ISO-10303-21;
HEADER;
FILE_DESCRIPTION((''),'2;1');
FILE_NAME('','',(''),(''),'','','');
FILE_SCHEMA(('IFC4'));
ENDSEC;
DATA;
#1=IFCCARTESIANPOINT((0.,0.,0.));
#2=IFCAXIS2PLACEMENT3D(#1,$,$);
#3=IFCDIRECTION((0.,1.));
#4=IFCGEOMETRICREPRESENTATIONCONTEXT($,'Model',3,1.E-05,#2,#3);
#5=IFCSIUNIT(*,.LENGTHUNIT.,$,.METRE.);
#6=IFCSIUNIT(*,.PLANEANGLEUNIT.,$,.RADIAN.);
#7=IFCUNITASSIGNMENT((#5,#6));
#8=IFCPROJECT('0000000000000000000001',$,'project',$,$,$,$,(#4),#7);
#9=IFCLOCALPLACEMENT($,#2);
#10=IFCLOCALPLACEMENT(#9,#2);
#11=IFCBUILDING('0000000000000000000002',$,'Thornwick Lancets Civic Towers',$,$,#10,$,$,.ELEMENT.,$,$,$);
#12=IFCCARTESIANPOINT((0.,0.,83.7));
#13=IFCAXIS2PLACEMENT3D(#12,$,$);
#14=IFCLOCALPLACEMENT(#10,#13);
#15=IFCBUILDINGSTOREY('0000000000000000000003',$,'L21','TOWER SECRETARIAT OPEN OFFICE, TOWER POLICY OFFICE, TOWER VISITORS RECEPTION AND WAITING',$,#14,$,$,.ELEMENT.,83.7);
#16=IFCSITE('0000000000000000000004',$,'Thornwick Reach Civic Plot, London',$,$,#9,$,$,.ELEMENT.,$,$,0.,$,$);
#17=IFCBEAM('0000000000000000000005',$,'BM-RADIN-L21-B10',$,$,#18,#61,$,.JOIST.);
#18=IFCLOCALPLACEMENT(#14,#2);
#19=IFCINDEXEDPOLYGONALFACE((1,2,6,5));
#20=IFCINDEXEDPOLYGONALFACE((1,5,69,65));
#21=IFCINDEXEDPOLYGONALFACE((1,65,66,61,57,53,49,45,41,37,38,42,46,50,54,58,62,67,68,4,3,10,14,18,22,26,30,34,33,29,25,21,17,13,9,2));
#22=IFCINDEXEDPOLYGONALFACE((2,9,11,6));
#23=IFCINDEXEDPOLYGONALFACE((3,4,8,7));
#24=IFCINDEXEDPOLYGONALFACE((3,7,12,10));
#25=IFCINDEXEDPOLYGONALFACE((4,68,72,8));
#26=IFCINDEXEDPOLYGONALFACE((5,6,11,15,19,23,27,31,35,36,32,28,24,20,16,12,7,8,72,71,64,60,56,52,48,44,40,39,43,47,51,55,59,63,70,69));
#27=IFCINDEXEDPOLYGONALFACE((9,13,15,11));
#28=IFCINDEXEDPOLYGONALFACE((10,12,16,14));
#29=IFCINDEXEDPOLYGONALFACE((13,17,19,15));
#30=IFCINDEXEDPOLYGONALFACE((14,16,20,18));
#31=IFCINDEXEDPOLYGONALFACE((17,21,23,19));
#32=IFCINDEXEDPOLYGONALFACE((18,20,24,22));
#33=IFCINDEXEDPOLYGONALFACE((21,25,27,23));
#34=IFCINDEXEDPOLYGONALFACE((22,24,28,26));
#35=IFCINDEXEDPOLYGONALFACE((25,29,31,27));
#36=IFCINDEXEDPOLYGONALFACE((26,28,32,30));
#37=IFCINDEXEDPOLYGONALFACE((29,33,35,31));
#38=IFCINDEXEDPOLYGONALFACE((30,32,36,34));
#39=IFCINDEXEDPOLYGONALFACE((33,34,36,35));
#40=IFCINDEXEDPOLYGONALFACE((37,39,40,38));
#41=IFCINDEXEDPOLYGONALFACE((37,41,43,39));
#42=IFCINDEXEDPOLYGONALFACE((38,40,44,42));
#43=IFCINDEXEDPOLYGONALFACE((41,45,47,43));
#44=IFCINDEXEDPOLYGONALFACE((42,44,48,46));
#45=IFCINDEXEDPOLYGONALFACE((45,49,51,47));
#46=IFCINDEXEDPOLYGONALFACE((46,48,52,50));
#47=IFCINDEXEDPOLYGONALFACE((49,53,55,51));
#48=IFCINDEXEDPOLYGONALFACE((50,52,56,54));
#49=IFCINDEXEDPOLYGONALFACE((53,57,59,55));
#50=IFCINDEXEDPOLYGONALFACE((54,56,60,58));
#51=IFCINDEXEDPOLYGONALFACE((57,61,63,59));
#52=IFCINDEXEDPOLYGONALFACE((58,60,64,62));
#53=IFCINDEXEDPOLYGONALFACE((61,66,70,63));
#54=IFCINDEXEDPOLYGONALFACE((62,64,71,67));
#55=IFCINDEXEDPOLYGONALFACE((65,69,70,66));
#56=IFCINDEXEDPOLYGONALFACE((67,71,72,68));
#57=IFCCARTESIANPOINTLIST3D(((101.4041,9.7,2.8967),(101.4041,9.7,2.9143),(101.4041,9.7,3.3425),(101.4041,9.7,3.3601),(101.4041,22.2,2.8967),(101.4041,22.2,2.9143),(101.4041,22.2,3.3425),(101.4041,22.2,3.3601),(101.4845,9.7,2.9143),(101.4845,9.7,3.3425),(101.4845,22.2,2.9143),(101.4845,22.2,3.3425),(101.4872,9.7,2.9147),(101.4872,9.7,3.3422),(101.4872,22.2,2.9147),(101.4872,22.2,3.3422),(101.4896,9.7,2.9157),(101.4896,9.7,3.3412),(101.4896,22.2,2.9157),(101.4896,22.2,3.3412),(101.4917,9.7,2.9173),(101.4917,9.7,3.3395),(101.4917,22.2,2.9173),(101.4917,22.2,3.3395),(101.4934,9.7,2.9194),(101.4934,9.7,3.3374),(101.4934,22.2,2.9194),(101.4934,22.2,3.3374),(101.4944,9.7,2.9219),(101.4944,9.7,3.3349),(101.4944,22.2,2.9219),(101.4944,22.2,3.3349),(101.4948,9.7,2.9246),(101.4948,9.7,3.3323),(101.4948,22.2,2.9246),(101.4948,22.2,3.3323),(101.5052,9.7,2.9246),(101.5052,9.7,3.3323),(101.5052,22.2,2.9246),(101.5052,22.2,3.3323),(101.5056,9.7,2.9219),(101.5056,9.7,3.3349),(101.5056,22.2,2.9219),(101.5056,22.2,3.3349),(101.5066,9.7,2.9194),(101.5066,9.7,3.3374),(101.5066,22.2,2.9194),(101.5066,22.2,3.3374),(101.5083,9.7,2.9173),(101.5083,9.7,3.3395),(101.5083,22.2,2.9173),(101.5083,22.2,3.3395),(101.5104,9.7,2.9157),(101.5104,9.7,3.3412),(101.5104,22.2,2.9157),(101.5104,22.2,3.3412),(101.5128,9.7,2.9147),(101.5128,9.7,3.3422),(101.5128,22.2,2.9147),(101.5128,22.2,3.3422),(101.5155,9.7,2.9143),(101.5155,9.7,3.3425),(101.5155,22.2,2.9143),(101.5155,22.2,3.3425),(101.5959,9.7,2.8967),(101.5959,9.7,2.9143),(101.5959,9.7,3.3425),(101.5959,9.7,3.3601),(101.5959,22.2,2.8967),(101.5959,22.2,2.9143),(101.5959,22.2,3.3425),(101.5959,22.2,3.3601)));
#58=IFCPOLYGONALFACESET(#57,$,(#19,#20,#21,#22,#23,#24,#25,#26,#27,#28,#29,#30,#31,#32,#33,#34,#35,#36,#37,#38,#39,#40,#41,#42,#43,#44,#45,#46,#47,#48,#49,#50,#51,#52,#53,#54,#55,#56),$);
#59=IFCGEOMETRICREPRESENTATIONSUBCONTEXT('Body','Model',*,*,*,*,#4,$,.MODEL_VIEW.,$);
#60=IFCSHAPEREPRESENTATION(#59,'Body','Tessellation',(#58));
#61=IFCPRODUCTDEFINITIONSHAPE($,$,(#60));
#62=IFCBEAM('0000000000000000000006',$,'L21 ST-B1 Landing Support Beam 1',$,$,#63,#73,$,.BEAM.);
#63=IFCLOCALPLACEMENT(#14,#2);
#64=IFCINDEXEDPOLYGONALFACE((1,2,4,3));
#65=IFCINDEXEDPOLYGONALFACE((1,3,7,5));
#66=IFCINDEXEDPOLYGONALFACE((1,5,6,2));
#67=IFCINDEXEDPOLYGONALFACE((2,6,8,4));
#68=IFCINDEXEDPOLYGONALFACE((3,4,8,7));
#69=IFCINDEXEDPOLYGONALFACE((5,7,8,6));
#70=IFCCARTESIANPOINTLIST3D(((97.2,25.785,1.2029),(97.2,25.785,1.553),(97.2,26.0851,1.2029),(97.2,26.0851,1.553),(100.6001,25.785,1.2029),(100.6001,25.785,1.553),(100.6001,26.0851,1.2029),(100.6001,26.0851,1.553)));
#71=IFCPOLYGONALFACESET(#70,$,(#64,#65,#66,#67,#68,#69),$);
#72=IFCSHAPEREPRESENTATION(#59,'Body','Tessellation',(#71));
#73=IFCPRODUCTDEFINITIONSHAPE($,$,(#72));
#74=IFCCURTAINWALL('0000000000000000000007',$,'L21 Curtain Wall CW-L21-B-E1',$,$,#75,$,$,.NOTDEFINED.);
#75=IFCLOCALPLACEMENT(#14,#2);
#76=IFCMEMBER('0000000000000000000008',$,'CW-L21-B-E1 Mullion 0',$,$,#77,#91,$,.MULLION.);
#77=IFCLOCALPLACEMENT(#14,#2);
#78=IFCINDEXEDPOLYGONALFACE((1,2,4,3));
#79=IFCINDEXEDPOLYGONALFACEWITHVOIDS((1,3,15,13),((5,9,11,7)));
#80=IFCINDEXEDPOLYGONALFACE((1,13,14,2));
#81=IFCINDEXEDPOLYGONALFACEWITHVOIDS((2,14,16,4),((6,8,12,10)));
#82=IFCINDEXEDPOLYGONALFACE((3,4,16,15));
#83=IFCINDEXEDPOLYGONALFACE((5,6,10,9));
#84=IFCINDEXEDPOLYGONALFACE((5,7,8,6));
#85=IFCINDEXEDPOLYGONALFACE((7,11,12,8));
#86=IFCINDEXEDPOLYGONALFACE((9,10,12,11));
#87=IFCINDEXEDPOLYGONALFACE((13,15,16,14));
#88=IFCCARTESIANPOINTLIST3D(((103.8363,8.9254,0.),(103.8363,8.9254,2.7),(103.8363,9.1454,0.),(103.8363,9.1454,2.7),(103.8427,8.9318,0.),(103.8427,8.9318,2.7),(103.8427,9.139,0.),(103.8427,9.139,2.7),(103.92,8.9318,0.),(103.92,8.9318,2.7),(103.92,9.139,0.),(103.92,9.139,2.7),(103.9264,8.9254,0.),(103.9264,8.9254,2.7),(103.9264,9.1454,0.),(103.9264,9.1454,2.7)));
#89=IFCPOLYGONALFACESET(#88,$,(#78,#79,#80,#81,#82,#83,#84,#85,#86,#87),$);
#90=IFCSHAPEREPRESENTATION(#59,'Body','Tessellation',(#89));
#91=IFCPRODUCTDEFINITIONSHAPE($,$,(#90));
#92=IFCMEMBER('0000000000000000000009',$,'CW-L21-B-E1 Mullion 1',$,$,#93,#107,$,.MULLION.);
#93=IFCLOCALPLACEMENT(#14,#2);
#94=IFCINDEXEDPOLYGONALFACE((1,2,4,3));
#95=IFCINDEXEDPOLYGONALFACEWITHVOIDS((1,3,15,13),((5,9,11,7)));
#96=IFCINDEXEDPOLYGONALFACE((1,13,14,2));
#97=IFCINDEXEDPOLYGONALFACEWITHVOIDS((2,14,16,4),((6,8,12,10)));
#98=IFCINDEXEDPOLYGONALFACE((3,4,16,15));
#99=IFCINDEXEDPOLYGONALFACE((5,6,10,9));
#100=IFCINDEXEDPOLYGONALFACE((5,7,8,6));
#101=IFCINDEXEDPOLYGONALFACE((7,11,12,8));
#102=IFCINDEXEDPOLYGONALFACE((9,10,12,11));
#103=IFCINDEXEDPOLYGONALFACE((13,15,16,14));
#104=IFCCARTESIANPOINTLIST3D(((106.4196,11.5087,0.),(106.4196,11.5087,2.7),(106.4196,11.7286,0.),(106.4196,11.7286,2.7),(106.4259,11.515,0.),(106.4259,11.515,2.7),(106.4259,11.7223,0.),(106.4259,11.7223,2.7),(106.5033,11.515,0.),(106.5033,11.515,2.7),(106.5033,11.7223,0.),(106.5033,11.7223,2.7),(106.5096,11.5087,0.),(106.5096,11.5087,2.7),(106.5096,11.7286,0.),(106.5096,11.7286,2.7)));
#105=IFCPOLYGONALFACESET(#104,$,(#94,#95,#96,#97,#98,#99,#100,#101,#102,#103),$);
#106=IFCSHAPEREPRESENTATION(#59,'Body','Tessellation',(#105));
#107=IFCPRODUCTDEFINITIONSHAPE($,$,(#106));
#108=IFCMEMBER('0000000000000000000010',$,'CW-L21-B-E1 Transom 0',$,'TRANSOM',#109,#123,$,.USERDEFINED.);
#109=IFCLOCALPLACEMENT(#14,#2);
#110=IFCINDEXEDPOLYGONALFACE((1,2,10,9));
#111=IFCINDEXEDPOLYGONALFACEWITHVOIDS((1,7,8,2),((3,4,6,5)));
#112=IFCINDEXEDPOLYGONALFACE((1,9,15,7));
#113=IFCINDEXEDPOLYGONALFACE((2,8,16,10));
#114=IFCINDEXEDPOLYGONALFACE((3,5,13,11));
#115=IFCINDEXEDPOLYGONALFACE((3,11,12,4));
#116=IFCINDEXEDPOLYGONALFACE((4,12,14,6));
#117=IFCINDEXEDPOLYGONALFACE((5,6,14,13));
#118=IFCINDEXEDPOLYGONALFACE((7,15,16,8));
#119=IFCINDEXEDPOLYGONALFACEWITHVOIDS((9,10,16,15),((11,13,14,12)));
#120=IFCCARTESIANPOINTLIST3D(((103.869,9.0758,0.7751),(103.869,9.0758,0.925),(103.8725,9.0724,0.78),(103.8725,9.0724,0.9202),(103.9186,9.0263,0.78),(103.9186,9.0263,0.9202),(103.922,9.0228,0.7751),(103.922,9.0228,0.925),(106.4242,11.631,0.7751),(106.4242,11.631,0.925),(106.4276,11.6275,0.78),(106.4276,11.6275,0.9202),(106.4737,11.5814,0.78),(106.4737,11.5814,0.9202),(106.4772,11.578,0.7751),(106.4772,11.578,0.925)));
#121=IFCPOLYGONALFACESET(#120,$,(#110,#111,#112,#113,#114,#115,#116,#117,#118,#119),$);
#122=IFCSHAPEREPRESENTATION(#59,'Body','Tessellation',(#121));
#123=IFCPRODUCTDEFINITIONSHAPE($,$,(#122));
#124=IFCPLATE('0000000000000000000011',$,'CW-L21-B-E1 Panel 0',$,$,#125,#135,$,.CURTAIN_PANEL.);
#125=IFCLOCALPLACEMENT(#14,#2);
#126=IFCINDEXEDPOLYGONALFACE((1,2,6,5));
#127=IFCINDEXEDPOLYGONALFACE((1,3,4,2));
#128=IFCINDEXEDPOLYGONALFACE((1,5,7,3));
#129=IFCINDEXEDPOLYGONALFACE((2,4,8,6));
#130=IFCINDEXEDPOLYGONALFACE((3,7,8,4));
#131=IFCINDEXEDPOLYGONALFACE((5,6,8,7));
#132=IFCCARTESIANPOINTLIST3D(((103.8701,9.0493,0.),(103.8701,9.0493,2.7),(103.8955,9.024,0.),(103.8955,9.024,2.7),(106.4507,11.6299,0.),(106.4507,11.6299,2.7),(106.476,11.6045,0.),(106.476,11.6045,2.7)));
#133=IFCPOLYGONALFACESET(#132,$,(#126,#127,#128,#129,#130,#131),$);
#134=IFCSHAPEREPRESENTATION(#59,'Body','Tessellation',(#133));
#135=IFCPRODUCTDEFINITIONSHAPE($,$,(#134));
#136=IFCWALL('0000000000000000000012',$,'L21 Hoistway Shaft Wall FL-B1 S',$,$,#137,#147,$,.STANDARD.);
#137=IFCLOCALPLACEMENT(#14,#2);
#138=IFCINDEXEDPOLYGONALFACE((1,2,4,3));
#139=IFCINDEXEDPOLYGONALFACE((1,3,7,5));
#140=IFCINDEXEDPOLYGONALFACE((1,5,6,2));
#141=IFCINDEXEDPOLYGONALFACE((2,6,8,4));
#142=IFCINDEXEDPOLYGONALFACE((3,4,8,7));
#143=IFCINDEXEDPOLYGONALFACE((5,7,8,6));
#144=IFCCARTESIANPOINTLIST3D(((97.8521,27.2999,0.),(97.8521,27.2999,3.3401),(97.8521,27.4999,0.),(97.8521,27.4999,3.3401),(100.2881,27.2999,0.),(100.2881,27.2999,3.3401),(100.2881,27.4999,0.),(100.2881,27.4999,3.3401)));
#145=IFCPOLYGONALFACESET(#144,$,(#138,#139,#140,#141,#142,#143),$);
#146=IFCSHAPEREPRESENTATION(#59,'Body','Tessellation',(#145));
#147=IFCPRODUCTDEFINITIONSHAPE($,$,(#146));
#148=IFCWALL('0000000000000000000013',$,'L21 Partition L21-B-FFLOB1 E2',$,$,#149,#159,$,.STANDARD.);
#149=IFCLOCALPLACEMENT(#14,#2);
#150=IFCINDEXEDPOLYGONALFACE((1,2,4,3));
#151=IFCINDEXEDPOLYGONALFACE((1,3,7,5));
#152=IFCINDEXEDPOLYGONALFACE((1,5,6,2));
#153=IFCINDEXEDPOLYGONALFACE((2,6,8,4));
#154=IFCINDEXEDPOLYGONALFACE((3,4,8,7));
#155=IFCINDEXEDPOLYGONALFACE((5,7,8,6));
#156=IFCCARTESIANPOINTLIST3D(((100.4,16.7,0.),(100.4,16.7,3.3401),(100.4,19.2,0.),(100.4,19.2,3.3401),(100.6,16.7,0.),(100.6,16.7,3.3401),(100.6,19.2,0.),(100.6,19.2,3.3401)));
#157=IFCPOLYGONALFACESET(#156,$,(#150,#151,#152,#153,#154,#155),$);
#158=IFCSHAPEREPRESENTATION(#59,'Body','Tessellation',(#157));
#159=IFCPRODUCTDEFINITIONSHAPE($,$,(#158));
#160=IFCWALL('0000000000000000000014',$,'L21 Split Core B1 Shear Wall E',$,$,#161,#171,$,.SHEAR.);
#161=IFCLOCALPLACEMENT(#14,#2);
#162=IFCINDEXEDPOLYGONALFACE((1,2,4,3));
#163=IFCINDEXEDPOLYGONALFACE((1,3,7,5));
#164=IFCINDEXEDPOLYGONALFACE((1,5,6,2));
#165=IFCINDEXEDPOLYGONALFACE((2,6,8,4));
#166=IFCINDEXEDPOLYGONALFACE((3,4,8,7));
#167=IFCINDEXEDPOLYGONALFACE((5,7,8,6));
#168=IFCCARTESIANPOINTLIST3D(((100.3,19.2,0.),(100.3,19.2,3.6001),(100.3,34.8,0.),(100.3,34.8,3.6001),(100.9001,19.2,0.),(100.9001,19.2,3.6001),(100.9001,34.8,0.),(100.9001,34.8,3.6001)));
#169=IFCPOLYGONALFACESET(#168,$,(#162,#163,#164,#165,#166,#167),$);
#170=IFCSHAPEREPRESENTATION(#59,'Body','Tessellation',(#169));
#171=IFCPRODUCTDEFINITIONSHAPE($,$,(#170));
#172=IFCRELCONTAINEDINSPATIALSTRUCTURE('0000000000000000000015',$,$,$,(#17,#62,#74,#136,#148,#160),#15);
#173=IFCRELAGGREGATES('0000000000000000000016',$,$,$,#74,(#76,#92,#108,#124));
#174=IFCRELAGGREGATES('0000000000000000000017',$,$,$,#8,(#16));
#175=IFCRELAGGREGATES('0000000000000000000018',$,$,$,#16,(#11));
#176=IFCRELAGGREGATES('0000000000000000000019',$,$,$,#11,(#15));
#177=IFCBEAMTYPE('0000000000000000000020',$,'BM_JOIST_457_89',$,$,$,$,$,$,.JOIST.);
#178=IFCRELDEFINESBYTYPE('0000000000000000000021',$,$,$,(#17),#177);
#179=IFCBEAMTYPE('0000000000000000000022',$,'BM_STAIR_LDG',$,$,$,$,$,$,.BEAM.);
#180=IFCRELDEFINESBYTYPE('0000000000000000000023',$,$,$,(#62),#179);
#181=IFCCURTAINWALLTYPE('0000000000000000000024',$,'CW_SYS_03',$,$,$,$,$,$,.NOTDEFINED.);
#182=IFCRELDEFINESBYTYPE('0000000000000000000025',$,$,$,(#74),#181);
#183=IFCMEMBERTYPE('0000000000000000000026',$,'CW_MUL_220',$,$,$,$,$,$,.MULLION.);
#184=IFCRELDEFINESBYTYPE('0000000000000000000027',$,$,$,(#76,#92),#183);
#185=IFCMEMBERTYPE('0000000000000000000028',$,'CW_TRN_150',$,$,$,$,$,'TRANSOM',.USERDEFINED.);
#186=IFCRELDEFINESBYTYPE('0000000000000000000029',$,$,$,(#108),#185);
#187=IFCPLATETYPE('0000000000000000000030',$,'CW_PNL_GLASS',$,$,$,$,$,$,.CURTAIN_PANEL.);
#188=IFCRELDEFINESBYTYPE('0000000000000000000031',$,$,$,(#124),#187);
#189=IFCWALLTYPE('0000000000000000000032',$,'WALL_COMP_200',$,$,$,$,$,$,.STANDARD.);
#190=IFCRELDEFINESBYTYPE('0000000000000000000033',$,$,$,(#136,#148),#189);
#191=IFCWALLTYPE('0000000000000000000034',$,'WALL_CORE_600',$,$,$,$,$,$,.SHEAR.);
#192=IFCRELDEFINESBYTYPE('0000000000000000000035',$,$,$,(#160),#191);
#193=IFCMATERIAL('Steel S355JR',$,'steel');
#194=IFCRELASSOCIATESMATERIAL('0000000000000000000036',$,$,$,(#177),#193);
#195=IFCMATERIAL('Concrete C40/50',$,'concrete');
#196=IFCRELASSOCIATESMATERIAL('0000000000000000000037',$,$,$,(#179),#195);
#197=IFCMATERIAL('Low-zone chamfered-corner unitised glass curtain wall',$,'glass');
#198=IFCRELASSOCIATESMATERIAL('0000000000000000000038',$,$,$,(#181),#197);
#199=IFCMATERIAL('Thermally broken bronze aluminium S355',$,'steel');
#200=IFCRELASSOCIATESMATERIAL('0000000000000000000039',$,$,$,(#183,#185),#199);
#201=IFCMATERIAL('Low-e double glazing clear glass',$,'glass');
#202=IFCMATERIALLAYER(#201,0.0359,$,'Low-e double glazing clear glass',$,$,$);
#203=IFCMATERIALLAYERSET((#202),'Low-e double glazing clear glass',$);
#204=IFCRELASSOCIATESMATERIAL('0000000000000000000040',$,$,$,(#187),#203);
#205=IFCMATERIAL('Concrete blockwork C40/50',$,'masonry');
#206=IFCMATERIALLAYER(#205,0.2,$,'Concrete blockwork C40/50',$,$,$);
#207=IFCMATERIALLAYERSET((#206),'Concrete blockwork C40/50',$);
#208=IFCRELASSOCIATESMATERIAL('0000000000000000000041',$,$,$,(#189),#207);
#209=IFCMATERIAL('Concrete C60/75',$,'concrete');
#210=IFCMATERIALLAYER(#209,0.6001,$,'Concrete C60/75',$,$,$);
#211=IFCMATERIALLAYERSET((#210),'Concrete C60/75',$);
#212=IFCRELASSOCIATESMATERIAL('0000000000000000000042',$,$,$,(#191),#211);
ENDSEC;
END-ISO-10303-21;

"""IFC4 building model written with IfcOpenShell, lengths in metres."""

from ifc_helpers import new_model, si_unit, direction, frame, frame_2d, origin, origin_2d, place, context, subcontext, project, spatial, rectangle, hollow_rectangle, i_section, extrude, material, layer, layer_set, material_profile, profile_set, type_object, element, aggregate, save


model = new_model("IFC4")

# Units and contexts
model_context = context("Model", 3, precision=1e-05, world=origin(), true_north=direction((0.0, 1.0)))
body_context = subcontext(model_context, "Body", "Model", "MODEL_VIEW")
ifc_project = project(units=[si_unit("LENGTHUNIT", "METRE"), si_unit("PLANEANGLEUNIT", "RADIAN")], contexts=[model_context])

# Site, building, storey
site_placement = place(None, origin())
site = spatial("IfcSite", under=ifc_project, at=site_placement, Name="Thornwick Reach Civic Plot, London", CompositionType="ELEMENT", RefElevation=0.0)
building_placement = place(site_placement, origin())
building = spatial("IfcBuilding", under=site, at=building_placement, Name="Thornwick Lancets Civic Towers", CompositionType="ELEMENT")
storey_placement = place(building_placement, frame((0.0, 0.0, 83.7)))
storey = spatial("IfcBuildingStorey", under=building, at=storey_placement, Name="L21", Description="TOWER SECRETARIAT OPEN OFFICE, TOWER POLICY OFFICE, TOWER VISITORS RECEPTION AND WAITING", CompositionType="ELEMENT", Elevation=83.7)

# Shared definitions
ifc_material_1 = material(Name="Concrete C60/75", Category="concrete")

# Beams
ifc_material_2 = material(Name="Steel S355JR", Category="steel")
ifc_material_profile_1 = material_profile(ifc_material_2, i_section(OverallWidth=0.1919, OverallDepth=0.4634, WebThickness=0.0105, FlangeThickness=0.0176, FilletRadius=0.0103, at=origin_2d()), Name="UKB 457x191x89")
ifc_profile_set_1 = profile_set([ifc_material_profile_1], Name="Steel S355JR")
beam_type_1 = type_object("IfcBeamType", Name="BM_JOIST_457_89", PredefinedType="JOIST", material=ifc_profile_set_1)
beam_1_placement = place(storey_placement, frame((101.5, 22.2, 3.1284), z_axis=(0.0, -1.0, 0.0), x_axis=(1.0, 0.0, 0.0)))
element("IfcBeam", 1, at=beam_1_placement, inside=storey, type_object=beam_type_1, Name="BM-RADIN-L21-B10", PredefinedType="JOIST", context=body_context, shape_type="SweptSolid", body=[
    extrude(i_section(OverallWidth=0.1919, OverallDepth=0.4634, WebThickness=0.0105, FlangeThickness=0.0176, FilletRadius=0.0103, at=origin_2d()), origin(), (0.0, 0.0, 1.0), 12.5),
])
ifc_material_3 = material(Name="Concrete C40/50", Category="concrete")
ifc_material_profile_2 = material_profile(ifc_material_3, rectangle(XDim=0.3, YDim=0.3501, at=origin_2d()), Name="RC 300x350")
ifc_profile_set_2 = profile_set([ifc_material_profile_2], Name="Concrete C40/50")
beam_type_2 = type_object("IfcBeamType", Name="BM_STAIR_LDG", PredefinedType="BEAM", material=ifc_profile_set_2)
beam_2_placement = place(storey_placement, frame((100.6001, 25.9351, 1.3779), z_axis=(-1.0, 0.0, 0.0), x_axis=(0.0, -1.0, 0.0)))
element("IfcBeam", 2, at=beam_2_placement, inside=storey, type_object=beam_type_2, Name="L21 ST-B1 Landing Support Beam 1", PredefinedType="BEAM", context=body_context, shape_type="SweptSolid", body=[
    extrude(rectangle(XDim=0.3, YDim=0.3501, at=origin_2d()), origin(), (0.0, 0.0, 1.0), 3.4001),
])

# Curtain wall, members, plate
ifc_material_4 = material(Name="Low-zone chamfered-corner unitised glass curtain wall", Category="glass")
curtain_wall_type = type_object("IfcCurtainWallType", Name="CW_SYS_03", PredefinedType="NOTDEFINED", material=ifc_material_4)
curtain_wall_placement = place(storey_placement, origin())
curtain_wall = element("IfcCurtainWall", 3, at=curtain_wall_placement, inside=storey, type_object=curtain_wall_type, Name="L21 Curtain Wall CW-L21-B-E1", PredefinedType="NOTDEFINED")
ifc_material_5 = material(Name="Thermally broken bronze aluminium S355", Category="steel")
ifc_material_profile_3 = material_profile(ifc_material_5, hollow_rectangle(XDim=0.0901, YDim=0.22, WallThickness=0.0063, at=origin_2d()), Name="RHS 220x90x6.3")
ifc_profile_set_3 = profile_set([ifc_material_profile_3], Name="Thermally broken bronze aluminium S355")
member_type_1 = type_object("IfcMemberType", Name="CW_MUL_220", PredefinedType="MULLION", material=ifc_profile_set_3)
member_1_placement = place(storey_placement, frame((103.8813, 9.0354, 0.0), z_axis=(0.0, 0.0, 1.0), x_axis=(1.0, 0.0, 0.0)))
member_1 = element("IfcMember", 4, at=member_1_placement, type_object=member_type_1, Name="CW-L21-B-E1 Mullion 0", PredefinedType="MULLION", context=body_context, shape_type="SweptSolid", body=[
    extrude(hollow_rectangle(XDim=0.0901, YDim=0.22, WallThickness=0.0063, at=origin_2d()), origin(), (0.0, 0.0, 1.0), 2.7),
])
member_2_placement = place(storey_placement, frame((106.4646, 11.6187, 0.0), z_axis=(0.0, 0.0, 1.0), x_axis=(1.0, 0.0, 0.0)))
member_2 = element("IfcMember", 5, at=member_2_placement, type_object=member_type_1, Name="CW-L21-B-E1 Mullion 1", PredefinedType="MULLION", context=body_context, shape_type="SweptSolid", body=[
    extrude(hollow_rectangle(XDim=0.0901, YDim=0.22, WallThickness=0.0063, at=origin_2d()), origin(), (0.0, 0.0, 1.0), 2.7),
])
ifc_material_profile_4 = material_profile(ifc_material_5, hollow_rectangle(XDim=0.075, YDim=0.1499, WallThickness=0.0049, at=origin_2d()), Name="RHS 150x75x5")
ifc_profile_set_4 = profile_set([ifc_material_profile_4], Name="Thermally broken bronze aluminium S355")
member_type_2 = type_object("IfcMemberType", Name="CW_TRN_150", ElementType="TRANSOM", PredefinedType="USERDEFINED", material=ifc_profile_set_4)
member_3_placement = place(storey_placement, frame((103.8955, 9.0493, 0.8501), z_axis=(0.707107, 0.707107, 0.0), x_axis=(-0.707107, 0.707107, 0.0)))
member_3 = element("IfcMember", 6, at=member_3_placement, type_object=member_type_2, Name="CW-L21-B-E1 Transom 0", ObjectType="TRANSOM", PredefinedType="USERDEFINED", context=body_context, shape_type="SweptSolid", body=[
    extrude(hollow_rectangle(XDim=0.075, YDim=0.1499, WallThickness=0.0049, at=origin_2d()), origin(), (0.0, 0.0, 1.0), 3.6135),
])
ifc_material_6 = material(Name="Low-e double glazing clear glass", Category="glass")
ifc_layer_1 = layer(ifc_material_6, 0.0359, Name="Low-e double glazing clear glass")
ifc_layer_set_1 = layer_set([ifc_layer_1], Name="Low-e double glazing clear glass")
plate_type = type_object("IfcPlateType", Name="CW_PNL_GLASS", PredefinedType="CURTAIN_PANEL", material=ifc_layer_set_1)
plate_placement = place(storey_placement, frame((105.1731, 10.3269, 0.0), z_axis=(0.0, 0.0, 1.0), x_axis=(0.707107, 0.707107, 0.0)))
plate = element("IfcPlate", 7, at=plate_placement, type_object=plate_type, Name="CW-L21-B-E1 Panel 0", PredefinedType="CURTAIN_PANEL", context=body_context, shape_type="SweptSolid", body=[
    extrude(rectangle(XDim=3.6494, YDim=0.0359, at=origin_2d()), origin(), (0.0, 0.0, 1.0), 2.7),
])
aggregate(curtain_wall, [member_1, member_2, member_3, plate])

# Walls
ifc_material_7 = material(Name="Concrete blockwork C40/50", Category="masonry")
ifc_layer_2 = layer(ifc_material_7, 0.2, Name="Concrete blockwork C40/50")
ifc_layer_set_2 = layer_set([ifc_layer_2], Name="Concrete blockwork C40/50")
wall_type_1 = type_object("IfcWallType", Name="WALL_COMP_200", PredefinedType="STANDARD", material=ifc_layer_set_2)
wall_1_placement = place(storey_placement, frame((97.8521, 27.3999, 0.0), z_axis=(0.0, 0.0, 1.0), x_axis=(1.0, 0.0, 0.0)))
element("IfcWall", 8, at=wall_1_placement, inside=storey, type_object=wall_type_1, Name="L21 Hoistway Shaft Wall FL-B1 S", PredefinedType="STANDARD", context=body_context, shape_type="SweptSolid", body=[
    extrude(rectangle(XDim=2.436, YDim=0.2, at=frame_2d((1.218, 0.0))), origin(), (0.0, 0.0, 1.0), 3.3401),
])
wall_2_placement = place(storey_placement, frame((100.5, 16.7, 0.0), z_axis=(0.0, 0.0, 1.0), x_axis=(0.0, 1.0, 0.0)))
element("IfcWall", 9, at=wall_2_placement, inside=storey, type_object=wall_type_1, Name="L21 Partition L21-B-FFLOB1 E2", PredefinedType="STANDARD", context=body_context, shape_type="SweptSolid", body=[
    extrude(rectangle(XDim=2.5, YDim=0.2, at=frame_2d((1.25, 0.0))), origin(), (0.0, 0.0, 1.0), 3.3401),
])
ifc_layer_3 = layer(ifc_material_1, 0.6001, Name="Concrete C60/75")
ifc_layer_set_3 = layer_set([ifc_layer_3], Name="Concrete C60/75")
wall_type_2 = type_object("IfcWallType", Name="WALL_CORE_600", PredefinedType="SHEAR", material=ifc_layer_set_3)
wall_3_placement = place(storey_placement, frame((100.6001, 19.2, 0.0), z_axis=(0.0, 0.0, 1.0), x_axis=(0.0, 1.0, 0.0)))
element("IfcWall", 10, at=wall_3_placement, inside=storey, type_object=wall_type_2, Name="L21 Split Core B1 Shear Wall E", PredefinedType="SHEAR", context=body_context, shape_type="SweptSolid", body=[
    extrude(rectangle(XDim=15.6001, YDim=0.6001, at=frame_2d((7.8, 0.0))), origin(), (0.0, 0.0, 1.0), 3.6001),
])

save(model, "model.ifc")
